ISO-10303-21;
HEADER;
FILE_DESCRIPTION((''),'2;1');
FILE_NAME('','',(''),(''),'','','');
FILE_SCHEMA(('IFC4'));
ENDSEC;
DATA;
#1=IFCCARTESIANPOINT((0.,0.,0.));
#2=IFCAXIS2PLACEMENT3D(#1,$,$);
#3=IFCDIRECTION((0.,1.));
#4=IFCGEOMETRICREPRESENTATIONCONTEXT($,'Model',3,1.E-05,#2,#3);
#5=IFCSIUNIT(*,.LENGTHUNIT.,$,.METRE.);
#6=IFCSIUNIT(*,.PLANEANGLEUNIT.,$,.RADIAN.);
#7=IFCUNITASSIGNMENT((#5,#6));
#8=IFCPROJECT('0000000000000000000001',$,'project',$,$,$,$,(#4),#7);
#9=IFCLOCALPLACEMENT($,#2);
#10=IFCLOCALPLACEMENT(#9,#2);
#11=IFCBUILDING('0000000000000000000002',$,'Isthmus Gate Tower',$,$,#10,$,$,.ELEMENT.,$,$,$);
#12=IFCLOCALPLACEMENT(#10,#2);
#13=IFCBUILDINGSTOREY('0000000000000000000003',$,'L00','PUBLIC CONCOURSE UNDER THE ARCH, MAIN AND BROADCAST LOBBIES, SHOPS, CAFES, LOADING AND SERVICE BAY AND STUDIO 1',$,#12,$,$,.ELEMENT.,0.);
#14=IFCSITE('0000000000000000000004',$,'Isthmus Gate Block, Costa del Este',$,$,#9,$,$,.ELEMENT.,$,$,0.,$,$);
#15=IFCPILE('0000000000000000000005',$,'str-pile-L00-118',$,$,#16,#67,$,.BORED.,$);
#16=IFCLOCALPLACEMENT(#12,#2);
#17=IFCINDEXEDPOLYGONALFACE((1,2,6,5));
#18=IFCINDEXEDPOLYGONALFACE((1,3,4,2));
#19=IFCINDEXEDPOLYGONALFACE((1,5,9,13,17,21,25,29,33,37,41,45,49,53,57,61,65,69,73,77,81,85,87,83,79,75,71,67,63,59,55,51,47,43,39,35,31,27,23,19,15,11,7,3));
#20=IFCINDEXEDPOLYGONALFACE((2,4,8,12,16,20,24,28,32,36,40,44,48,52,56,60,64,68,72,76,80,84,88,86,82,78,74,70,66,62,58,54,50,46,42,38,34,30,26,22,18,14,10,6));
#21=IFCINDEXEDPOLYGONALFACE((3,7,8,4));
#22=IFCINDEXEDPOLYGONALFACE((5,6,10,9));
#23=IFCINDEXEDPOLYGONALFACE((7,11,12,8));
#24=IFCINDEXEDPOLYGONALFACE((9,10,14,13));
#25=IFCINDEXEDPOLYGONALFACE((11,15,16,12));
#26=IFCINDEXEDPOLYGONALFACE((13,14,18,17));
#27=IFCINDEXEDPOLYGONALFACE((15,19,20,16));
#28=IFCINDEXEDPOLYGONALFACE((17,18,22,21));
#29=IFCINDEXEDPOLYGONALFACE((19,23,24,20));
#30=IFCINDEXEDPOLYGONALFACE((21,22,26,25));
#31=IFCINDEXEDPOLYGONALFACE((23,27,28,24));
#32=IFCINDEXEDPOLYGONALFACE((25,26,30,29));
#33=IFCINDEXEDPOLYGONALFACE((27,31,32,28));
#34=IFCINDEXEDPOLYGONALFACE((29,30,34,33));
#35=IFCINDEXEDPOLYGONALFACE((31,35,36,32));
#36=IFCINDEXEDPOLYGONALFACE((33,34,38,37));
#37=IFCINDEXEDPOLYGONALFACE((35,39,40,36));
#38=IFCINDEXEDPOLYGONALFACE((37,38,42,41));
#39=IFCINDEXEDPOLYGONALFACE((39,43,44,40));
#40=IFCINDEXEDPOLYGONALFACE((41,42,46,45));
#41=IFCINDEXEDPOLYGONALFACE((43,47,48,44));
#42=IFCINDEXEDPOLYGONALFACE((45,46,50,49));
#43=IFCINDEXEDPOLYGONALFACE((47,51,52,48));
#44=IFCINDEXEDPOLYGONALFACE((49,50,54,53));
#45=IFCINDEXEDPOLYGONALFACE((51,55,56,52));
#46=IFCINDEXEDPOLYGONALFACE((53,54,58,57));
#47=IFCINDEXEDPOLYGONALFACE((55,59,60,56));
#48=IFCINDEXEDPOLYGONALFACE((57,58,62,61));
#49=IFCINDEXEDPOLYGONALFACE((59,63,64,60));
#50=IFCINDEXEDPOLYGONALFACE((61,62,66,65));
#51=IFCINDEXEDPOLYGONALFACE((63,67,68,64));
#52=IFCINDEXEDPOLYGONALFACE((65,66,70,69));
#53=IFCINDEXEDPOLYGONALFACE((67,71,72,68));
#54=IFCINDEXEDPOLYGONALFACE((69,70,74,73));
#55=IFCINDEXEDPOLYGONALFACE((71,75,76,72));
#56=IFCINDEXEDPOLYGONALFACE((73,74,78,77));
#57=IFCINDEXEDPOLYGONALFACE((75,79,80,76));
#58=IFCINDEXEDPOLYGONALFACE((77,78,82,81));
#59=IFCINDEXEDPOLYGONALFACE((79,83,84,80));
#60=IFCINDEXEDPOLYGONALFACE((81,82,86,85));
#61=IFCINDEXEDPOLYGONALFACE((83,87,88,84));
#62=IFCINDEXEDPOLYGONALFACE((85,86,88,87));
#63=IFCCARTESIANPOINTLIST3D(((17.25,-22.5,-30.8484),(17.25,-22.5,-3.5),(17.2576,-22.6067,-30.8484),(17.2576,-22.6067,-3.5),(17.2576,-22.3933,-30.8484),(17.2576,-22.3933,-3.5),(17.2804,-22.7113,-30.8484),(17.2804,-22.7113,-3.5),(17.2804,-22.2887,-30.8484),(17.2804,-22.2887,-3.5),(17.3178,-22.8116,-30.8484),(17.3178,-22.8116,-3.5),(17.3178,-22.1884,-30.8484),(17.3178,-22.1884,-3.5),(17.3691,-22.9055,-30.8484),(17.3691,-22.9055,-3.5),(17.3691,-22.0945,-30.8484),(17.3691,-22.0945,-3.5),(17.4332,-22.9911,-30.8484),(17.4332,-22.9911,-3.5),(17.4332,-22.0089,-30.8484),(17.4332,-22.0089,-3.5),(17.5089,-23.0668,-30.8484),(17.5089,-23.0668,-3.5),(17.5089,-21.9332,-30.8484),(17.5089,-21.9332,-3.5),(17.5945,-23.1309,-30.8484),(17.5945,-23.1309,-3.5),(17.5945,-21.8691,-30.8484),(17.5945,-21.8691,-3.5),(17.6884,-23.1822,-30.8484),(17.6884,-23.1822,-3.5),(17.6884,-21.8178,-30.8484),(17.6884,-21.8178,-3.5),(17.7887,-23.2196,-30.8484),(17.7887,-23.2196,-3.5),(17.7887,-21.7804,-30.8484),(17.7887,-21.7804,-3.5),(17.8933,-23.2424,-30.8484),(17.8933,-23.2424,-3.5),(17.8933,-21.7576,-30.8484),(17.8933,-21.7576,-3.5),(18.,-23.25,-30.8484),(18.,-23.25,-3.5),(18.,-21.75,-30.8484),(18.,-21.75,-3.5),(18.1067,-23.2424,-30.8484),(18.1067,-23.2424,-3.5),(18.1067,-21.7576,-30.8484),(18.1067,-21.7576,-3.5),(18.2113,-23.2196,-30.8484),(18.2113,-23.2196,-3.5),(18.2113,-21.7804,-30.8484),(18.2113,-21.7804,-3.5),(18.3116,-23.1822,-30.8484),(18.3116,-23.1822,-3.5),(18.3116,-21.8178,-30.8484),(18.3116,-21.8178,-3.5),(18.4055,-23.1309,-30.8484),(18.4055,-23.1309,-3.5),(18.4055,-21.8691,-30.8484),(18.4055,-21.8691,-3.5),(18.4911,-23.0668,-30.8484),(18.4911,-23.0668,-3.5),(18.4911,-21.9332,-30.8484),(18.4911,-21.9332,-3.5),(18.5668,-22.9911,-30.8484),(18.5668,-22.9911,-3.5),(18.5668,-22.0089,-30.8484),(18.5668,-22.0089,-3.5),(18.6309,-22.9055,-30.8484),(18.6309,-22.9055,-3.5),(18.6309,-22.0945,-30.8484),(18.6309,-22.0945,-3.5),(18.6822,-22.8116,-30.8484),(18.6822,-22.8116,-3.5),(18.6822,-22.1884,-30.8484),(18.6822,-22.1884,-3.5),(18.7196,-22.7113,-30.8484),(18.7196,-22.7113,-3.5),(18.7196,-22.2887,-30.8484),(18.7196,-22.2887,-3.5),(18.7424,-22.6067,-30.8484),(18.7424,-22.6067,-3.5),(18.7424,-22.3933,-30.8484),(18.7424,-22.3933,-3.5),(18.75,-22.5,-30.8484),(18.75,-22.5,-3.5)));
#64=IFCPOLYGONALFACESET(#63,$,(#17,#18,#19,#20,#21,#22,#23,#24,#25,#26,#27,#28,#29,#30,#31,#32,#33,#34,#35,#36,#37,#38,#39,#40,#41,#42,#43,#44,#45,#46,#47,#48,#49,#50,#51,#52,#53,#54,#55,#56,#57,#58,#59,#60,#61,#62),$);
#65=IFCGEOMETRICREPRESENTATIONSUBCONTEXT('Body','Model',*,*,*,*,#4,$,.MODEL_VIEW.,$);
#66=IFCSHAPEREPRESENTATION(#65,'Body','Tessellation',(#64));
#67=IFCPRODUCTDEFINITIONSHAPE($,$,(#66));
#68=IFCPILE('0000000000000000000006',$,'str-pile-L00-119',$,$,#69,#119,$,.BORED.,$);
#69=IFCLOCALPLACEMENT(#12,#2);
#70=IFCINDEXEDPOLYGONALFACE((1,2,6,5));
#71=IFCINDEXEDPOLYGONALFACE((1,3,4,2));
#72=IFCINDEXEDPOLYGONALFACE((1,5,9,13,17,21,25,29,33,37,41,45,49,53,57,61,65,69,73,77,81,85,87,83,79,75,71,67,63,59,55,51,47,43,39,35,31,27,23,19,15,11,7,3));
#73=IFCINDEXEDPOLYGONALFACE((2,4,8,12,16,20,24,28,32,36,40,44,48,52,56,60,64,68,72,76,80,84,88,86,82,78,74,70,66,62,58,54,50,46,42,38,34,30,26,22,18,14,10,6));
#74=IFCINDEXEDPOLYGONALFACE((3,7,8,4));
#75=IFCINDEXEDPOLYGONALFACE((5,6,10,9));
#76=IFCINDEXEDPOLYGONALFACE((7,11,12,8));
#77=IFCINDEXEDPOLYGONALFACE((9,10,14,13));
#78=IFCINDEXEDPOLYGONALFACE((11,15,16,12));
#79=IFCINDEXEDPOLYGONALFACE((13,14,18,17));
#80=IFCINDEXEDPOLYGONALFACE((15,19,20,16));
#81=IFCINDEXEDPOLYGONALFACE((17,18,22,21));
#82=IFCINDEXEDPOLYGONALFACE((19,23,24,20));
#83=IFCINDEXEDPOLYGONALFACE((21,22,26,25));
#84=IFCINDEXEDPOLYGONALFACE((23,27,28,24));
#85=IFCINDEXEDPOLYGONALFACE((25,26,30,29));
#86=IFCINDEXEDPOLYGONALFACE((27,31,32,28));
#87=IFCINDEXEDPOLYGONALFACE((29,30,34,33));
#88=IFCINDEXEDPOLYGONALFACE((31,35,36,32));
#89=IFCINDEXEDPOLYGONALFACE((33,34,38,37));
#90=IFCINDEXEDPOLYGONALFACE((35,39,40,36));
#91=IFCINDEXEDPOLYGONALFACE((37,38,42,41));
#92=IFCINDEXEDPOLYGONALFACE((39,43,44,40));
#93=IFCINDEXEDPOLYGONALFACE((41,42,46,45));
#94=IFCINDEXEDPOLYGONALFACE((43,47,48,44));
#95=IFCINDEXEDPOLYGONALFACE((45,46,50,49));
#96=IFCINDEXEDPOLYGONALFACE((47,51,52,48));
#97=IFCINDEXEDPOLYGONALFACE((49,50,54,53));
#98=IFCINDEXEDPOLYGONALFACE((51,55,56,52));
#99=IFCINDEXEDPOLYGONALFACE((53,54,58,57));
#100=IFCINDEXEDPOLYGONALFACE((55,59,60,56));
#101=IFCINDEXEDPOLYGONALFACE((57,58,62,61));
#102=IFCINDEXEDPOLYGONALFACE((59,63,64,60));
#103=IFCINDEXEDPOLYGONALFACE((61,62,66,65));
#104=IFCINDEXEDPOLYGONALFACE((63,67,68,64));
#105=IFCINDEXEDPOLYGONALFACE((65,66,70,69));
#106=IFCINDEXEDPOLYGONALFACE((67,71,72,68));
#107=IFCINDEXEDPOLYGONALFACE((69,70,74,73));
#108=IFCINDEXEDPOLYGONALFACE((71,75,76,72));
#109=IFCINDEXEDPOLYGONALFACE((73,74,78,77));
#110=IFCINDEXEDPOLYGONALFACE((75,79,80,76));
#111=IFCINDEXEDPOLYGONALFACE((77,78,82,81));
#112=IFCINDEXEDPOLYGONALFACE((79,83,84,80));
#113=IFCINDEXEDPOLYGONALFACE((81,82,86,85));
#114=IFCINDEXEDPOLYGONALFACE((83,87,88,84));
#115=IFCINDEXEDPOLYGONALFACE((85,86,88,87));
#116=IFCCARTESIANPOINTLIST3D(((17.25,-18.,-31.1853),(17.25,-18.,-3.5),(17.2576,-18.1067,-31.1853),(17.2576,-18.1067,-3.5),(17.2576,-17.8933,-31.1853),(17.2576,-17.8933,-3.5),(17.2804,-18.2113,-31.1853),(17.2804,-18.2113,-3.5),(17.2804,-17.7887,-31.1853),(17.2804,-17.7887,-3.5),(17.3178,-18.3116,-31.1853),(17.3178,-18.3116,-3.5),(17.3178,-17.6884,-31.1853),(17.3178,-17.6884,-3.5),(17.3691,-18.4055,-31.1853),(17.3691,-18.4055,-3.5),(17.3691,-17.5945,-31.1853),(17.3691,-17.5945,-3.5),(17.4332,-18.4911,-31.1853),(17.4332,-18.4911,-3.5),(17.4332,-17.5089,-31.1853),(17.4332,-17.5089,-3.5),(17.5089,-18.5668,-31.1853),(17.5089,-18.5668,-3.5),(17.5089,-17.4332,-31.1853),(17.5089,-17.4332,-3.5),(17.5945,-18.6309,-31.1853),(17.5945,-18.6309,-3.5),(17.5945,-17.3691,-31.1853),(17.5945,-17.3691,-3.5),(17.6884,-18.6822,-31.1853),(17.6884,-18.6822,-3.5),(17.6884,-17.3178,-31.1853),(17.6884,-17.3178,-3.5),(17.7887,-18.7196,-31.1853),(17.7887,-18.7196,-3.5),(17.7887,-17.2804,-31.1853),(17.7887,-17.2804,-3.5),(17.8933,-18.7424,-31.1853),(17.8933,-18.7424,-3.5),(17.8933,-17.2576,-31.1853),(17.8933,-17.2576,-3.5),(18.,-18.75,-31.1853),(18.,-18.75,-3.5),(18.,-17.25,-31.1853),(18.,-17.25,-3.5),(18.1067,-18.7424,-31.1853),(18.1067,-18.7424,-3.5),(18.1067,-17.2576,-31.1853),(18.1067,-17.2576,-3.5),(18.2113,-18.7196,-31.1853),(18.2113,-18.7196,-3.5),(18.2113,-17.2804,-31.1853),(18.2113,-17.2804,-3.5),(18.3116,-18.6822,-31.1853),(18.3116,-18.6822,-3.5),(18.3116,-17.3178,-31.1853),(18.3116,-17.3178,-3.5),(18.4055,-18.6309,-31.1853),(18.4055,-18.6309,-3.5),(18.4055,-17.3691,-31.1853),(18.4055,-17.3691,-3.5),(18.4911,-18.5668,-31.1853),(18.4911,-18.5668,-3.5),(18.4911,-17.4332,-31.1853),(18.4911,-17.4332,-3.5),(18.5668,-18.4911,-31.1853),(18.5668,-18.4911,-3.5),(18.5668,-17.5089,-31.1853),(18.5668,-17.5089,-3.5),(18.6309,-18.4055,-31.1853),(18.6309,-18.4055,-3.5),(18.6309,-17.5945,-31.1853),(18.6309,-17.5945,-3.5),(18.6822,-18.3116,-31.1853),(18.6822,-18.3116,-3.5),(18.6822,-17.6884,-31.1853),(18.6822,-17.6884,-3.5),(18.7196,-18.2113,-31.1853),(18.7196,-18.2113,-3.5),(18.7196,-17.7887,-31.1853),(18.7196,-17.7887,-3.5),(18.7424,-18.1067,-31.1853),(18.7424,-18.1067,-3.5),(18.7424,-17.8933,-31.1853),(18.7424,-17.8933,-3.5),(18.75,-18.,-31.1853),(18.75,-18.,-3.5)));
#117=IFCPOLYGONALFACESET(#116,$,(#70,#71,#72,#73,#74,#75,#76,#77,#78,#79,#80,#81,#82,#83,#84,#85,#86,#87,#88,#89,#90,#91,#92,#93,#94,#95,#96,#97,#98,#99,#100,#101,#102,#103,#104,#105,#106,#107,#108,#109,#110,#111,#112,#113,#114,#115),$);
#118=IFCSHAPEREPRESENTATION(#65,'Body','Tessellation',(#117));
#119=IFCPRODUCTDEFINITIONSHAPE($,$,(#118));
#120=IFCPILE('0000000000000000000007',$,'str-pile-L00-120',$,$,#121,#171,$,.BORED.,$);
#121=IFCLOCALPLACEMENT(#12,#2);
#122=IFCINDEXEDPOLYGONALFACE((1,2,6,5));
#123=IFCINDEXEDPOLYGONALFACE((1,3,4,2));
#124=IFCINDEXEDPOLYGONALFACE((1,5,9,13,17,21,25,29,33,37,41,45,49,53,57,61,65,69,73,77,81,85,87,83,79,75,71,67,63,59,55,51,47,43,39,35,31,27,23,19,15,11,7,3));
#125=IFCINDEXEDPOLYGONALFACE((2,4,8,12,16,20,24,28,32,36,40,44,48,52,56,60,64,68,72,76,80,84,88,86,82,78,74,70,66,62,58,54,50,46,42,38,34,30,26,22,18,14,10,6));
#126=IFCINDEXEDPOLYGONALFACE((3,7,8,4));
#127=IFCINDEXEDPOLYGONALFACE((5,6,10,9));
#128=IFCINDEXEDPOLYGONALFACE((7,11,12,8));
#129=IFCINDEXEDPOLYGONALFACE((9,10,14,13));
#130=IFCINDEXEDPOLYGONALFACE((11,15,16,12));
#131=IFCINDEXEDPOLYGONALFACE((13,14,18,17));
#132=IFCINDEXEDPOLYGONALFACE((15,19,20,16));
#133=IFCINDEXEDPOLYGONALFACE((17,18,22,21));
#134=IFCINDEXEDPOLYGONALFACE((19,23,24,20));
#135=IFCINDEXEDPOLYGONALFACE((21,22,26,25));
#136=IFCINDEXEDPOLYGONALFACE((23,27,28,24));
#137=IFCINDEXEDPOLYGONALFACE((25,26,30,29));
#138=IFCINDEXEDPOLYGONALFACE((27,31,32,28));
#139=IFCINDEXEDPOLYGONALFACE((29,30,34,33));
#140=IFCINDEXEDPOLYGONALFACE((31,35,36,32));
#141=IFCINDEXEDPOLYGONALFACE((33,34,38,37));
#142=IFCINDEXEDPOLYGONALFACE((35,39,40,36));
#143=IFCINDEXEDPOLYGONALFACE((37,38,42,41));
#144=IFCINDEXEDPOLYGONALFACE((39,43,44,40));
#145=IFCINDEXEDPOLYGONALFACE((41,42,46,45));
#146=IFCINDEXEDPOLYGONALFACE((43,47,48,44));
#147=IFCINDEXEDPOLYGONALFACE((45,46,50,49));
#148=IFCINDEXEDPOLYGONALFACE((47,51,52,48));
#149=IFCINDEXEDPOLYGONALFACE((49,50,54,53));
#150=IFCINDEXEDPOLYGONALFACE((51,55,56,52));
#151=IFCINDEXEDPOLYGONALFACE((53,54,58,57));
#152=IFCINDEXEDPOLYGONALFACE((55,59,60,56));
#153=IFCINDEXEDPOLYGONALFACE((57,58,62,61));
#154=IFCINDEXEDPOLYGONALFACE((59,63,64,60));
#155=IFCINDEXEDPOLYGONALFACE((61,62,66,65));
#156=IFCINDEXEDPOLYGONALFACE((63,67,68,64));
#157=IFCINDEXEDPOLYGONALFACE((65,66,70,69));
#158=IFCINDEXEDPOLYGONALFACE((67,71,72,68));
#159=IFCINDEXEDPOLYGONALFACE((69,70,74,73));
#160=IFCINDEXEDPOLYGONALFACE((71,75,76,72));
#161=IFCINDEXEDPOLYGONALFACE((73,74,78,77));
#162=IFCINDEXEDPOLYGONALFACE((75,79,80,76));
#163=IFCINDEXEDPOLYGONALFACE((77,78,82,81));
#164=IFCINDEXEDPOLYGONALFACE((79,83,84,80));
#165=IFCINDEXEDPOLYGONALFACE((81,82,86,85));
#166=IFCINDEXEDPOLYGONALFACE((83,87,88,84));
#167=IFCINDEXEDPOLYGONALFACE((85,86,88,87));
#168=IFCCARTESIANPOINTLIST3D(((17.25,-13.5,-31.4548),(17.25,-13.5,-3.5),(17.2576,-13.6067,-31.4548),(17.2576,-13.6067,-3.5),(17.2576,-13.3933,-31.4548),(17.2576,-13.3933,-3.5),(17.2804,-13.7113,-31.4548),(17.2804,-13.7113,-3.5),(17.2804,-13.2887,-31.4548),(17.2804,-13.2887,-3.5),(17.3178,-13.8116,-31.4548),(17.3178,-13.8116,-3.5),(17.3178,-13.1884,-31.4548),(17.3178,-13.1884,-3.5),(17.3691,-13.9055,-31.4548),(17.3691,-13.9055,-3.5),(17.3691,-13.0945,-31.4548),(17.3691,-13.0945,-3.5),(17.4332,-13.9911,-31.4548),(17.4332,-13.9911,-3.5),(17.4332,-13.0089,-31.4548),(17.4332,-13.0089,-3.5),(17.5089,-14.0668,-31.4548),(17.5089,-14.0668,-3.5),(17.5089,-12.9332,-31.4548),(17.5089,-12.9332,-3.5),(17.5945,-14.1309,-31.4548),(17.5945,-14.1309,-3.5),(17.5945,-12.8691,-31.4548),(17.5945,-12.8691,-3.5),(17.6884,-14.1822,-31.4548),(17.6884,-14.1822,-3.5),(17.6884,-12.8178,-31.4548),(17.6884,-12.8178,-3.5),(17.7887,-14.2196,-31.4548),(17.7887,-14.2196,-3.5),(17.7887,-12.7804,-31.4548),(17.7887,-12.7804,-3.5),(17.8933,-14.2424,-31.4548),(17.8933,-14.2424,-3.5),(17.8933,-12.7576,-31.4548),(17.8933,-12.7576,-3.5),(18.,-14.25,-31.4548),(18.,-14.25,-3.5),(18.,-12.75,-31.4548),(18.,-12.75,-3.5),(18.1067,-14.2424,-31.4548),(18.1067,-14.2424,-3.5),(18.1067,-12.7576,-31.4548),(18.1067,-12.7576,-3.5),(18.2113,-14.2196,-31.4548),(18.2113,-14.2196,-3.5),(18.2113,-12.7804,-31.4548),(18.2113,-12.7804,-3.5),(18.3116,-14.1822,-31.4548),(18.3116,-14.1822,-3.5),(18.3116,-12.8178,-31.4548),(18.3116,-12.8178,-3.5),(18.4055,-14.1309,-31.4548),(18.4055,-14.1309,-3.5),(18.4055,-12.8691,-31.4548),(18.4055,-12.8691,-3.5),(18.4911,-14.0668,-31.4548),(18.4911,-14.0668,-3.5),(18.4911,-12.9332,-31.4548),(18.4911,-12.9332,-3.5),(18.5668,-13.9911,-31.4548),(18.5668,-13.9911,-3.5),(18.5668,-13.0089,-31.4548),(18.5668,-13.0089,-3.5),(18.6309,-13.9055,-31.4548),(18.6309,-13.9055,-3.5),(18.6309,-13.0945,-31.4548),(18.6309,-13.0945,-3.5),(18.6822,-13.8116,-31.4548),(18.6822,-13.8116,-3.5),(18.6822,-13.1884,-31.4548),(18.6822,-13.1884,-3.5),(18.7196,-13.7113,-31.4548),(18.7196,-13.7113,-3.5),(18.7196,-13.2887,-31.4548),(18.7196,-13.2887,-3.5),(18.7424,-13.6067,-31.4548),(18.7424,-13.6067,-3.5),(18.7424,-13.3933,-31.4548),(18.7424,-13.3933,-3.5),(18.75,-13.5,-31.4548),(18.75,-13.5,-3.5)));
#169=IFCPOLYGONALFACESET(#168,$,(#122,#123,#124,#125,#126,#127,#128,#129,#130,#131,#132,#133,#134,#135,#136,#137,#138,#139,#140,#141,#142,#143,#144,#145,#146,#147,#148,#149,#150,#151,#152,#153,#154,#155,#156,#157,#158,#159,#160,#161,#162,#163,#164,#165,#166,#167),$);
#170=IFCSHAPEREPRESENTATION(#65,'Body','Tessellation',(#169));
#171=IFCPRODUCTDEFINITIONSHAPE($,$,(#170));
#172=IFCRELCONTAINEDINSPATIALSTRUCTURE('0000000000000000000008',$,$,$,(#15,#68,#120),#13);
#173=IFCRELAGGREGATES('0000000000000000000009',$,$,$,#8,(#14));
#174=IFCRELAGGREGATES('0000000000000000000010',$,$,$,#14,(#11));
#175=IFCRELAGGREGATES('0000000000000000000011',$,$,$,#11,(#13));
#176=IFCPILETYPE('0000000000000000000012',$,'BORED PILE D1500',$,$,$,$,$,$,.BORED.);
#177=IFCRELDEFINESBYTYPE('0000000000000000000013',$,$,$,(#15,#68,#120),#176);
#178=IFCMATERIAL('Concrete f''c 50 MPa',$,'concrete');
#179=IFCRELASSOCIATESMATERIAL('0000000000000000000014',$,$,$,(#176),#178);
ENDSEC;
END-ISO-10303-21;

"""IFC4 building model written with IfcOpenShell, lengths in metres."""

from ifc_helpers import new_model, si_unit, direction, frame, origin, origin_2d, place, context, subcontext, project, spatial, circle, extrude, material, material_profile, profile_set, type_object, element, save


model = new_model("IFC4")

# Units and contexts
model_context = context("Model", 3, precision=1e-05, world=origin(), true_north=direction((0.0, 1.0)))
body_context = subcontext(model_context, "Body", "Model", "MODEL_VIEW")
ifc_project = project(units=[si_unit("LENGTHUNIT", "METRE"), si_unit("PLANEANGLEUNIT", "RADIAN")], contexts=[model_context])

# Site, building, storey
site_placement = place(None, origin())
site = spatial("IfcSite", under=ifc_project, at=site_placement, Name="Isthmus Gate Block, Costa del Este", CompositionType="ELEMENT", RefElevation=0.0)
building_placement = place(site_placement, origin())
building = spatial("IfcBuilding", under=site, at=building_placement, Name="Isthmus Gate Tower", CompositionType="ELEMENT")
storey_placement = place(building_placement, origin())
storey = spatial("IfcBuildingStorey", under=building, at=storey_placement, Name="L00", Description="PUBLIC CONCOURSE UNDER THE ARCH, MAIN AND BROADCAST LOBBIES, SHOPS, CAFES, LOADING AND SERVICE BAY AND STUDIO 1", CompositionType="ELEMENT", Elevation=0.0)

# Piles
ifc_material_1 = material(Name="Concrete f'c 50 MPa", Category="concrete")
ifc_material_profile_1 = material_profile(ifc_material_1, circle(Radius=0.75, at=origin_2d()), Name="D1500")
ifc_profile_set_1 = profile_set([ifc_material_profile_1], Name="Concrete f'c 50 MPa")
pile_type_1 = type_object("IfcPileType", Name="BORED PILE D1500", PredefinedType="BORED", material=ifc_profile_set_1)
pile_1_placement = place(storey_placement, frame((18.0, -22.5, -3.5), z_axis=(0.0, 0.0, -1.0), x_axis=(1.0, 0.0, 0.0)))
element("IfcPile", 1, at=pile_1_placement, inside=storey, type_object=pile_type_1, Name="str-pile-L00-118", PredefinedType="BORED", context=body_context, shape_type="SweptSolid", body=[
    extrude(circle(Radius=0.75, at=origin_2d()), origin(), (0.0, 0.0, 1.0), 27.3484),
])
pile_2_placement = place(storey_placement, frame((18.0, -18.0, -3.5), z_axis=(0.0, 0.0, -1.0), x_axis=(1.0, 0.0, 0.0)))
element("IfcPile", 2, at=pile_2_placement, inside=storey, type_object=pile_type_1, Name="str-pile-L00-119", PredefinedType="BORED", context=body_context, shape_type="SweptSolid", body=[
    extrude(circle(Radius=0.75, at=origin_2d()), origin(), (0.0, 0.0, 1.0), 27.6853),
])
pile_3_placement = place(storey_placement, frame((18.0, -13.5, -3.5), z_axis=(0.0, 0.0, -1.0), x_axis=(1.0, 0.0, 0.0)))
element("IfcPile", 3, at=pile_3_placement, inside=storey, type_object=pile_type_1, Name="str-pile-L00-120", PredefinedType="BORED", context=body_context, shape_type="SweptSolid", body=[
    extrude(circle(Radius=0.75, at=origin_2d()), origin(), (0.0, 0.0, 1.0), 27.9548),
])

save(model, "model.ifc")
